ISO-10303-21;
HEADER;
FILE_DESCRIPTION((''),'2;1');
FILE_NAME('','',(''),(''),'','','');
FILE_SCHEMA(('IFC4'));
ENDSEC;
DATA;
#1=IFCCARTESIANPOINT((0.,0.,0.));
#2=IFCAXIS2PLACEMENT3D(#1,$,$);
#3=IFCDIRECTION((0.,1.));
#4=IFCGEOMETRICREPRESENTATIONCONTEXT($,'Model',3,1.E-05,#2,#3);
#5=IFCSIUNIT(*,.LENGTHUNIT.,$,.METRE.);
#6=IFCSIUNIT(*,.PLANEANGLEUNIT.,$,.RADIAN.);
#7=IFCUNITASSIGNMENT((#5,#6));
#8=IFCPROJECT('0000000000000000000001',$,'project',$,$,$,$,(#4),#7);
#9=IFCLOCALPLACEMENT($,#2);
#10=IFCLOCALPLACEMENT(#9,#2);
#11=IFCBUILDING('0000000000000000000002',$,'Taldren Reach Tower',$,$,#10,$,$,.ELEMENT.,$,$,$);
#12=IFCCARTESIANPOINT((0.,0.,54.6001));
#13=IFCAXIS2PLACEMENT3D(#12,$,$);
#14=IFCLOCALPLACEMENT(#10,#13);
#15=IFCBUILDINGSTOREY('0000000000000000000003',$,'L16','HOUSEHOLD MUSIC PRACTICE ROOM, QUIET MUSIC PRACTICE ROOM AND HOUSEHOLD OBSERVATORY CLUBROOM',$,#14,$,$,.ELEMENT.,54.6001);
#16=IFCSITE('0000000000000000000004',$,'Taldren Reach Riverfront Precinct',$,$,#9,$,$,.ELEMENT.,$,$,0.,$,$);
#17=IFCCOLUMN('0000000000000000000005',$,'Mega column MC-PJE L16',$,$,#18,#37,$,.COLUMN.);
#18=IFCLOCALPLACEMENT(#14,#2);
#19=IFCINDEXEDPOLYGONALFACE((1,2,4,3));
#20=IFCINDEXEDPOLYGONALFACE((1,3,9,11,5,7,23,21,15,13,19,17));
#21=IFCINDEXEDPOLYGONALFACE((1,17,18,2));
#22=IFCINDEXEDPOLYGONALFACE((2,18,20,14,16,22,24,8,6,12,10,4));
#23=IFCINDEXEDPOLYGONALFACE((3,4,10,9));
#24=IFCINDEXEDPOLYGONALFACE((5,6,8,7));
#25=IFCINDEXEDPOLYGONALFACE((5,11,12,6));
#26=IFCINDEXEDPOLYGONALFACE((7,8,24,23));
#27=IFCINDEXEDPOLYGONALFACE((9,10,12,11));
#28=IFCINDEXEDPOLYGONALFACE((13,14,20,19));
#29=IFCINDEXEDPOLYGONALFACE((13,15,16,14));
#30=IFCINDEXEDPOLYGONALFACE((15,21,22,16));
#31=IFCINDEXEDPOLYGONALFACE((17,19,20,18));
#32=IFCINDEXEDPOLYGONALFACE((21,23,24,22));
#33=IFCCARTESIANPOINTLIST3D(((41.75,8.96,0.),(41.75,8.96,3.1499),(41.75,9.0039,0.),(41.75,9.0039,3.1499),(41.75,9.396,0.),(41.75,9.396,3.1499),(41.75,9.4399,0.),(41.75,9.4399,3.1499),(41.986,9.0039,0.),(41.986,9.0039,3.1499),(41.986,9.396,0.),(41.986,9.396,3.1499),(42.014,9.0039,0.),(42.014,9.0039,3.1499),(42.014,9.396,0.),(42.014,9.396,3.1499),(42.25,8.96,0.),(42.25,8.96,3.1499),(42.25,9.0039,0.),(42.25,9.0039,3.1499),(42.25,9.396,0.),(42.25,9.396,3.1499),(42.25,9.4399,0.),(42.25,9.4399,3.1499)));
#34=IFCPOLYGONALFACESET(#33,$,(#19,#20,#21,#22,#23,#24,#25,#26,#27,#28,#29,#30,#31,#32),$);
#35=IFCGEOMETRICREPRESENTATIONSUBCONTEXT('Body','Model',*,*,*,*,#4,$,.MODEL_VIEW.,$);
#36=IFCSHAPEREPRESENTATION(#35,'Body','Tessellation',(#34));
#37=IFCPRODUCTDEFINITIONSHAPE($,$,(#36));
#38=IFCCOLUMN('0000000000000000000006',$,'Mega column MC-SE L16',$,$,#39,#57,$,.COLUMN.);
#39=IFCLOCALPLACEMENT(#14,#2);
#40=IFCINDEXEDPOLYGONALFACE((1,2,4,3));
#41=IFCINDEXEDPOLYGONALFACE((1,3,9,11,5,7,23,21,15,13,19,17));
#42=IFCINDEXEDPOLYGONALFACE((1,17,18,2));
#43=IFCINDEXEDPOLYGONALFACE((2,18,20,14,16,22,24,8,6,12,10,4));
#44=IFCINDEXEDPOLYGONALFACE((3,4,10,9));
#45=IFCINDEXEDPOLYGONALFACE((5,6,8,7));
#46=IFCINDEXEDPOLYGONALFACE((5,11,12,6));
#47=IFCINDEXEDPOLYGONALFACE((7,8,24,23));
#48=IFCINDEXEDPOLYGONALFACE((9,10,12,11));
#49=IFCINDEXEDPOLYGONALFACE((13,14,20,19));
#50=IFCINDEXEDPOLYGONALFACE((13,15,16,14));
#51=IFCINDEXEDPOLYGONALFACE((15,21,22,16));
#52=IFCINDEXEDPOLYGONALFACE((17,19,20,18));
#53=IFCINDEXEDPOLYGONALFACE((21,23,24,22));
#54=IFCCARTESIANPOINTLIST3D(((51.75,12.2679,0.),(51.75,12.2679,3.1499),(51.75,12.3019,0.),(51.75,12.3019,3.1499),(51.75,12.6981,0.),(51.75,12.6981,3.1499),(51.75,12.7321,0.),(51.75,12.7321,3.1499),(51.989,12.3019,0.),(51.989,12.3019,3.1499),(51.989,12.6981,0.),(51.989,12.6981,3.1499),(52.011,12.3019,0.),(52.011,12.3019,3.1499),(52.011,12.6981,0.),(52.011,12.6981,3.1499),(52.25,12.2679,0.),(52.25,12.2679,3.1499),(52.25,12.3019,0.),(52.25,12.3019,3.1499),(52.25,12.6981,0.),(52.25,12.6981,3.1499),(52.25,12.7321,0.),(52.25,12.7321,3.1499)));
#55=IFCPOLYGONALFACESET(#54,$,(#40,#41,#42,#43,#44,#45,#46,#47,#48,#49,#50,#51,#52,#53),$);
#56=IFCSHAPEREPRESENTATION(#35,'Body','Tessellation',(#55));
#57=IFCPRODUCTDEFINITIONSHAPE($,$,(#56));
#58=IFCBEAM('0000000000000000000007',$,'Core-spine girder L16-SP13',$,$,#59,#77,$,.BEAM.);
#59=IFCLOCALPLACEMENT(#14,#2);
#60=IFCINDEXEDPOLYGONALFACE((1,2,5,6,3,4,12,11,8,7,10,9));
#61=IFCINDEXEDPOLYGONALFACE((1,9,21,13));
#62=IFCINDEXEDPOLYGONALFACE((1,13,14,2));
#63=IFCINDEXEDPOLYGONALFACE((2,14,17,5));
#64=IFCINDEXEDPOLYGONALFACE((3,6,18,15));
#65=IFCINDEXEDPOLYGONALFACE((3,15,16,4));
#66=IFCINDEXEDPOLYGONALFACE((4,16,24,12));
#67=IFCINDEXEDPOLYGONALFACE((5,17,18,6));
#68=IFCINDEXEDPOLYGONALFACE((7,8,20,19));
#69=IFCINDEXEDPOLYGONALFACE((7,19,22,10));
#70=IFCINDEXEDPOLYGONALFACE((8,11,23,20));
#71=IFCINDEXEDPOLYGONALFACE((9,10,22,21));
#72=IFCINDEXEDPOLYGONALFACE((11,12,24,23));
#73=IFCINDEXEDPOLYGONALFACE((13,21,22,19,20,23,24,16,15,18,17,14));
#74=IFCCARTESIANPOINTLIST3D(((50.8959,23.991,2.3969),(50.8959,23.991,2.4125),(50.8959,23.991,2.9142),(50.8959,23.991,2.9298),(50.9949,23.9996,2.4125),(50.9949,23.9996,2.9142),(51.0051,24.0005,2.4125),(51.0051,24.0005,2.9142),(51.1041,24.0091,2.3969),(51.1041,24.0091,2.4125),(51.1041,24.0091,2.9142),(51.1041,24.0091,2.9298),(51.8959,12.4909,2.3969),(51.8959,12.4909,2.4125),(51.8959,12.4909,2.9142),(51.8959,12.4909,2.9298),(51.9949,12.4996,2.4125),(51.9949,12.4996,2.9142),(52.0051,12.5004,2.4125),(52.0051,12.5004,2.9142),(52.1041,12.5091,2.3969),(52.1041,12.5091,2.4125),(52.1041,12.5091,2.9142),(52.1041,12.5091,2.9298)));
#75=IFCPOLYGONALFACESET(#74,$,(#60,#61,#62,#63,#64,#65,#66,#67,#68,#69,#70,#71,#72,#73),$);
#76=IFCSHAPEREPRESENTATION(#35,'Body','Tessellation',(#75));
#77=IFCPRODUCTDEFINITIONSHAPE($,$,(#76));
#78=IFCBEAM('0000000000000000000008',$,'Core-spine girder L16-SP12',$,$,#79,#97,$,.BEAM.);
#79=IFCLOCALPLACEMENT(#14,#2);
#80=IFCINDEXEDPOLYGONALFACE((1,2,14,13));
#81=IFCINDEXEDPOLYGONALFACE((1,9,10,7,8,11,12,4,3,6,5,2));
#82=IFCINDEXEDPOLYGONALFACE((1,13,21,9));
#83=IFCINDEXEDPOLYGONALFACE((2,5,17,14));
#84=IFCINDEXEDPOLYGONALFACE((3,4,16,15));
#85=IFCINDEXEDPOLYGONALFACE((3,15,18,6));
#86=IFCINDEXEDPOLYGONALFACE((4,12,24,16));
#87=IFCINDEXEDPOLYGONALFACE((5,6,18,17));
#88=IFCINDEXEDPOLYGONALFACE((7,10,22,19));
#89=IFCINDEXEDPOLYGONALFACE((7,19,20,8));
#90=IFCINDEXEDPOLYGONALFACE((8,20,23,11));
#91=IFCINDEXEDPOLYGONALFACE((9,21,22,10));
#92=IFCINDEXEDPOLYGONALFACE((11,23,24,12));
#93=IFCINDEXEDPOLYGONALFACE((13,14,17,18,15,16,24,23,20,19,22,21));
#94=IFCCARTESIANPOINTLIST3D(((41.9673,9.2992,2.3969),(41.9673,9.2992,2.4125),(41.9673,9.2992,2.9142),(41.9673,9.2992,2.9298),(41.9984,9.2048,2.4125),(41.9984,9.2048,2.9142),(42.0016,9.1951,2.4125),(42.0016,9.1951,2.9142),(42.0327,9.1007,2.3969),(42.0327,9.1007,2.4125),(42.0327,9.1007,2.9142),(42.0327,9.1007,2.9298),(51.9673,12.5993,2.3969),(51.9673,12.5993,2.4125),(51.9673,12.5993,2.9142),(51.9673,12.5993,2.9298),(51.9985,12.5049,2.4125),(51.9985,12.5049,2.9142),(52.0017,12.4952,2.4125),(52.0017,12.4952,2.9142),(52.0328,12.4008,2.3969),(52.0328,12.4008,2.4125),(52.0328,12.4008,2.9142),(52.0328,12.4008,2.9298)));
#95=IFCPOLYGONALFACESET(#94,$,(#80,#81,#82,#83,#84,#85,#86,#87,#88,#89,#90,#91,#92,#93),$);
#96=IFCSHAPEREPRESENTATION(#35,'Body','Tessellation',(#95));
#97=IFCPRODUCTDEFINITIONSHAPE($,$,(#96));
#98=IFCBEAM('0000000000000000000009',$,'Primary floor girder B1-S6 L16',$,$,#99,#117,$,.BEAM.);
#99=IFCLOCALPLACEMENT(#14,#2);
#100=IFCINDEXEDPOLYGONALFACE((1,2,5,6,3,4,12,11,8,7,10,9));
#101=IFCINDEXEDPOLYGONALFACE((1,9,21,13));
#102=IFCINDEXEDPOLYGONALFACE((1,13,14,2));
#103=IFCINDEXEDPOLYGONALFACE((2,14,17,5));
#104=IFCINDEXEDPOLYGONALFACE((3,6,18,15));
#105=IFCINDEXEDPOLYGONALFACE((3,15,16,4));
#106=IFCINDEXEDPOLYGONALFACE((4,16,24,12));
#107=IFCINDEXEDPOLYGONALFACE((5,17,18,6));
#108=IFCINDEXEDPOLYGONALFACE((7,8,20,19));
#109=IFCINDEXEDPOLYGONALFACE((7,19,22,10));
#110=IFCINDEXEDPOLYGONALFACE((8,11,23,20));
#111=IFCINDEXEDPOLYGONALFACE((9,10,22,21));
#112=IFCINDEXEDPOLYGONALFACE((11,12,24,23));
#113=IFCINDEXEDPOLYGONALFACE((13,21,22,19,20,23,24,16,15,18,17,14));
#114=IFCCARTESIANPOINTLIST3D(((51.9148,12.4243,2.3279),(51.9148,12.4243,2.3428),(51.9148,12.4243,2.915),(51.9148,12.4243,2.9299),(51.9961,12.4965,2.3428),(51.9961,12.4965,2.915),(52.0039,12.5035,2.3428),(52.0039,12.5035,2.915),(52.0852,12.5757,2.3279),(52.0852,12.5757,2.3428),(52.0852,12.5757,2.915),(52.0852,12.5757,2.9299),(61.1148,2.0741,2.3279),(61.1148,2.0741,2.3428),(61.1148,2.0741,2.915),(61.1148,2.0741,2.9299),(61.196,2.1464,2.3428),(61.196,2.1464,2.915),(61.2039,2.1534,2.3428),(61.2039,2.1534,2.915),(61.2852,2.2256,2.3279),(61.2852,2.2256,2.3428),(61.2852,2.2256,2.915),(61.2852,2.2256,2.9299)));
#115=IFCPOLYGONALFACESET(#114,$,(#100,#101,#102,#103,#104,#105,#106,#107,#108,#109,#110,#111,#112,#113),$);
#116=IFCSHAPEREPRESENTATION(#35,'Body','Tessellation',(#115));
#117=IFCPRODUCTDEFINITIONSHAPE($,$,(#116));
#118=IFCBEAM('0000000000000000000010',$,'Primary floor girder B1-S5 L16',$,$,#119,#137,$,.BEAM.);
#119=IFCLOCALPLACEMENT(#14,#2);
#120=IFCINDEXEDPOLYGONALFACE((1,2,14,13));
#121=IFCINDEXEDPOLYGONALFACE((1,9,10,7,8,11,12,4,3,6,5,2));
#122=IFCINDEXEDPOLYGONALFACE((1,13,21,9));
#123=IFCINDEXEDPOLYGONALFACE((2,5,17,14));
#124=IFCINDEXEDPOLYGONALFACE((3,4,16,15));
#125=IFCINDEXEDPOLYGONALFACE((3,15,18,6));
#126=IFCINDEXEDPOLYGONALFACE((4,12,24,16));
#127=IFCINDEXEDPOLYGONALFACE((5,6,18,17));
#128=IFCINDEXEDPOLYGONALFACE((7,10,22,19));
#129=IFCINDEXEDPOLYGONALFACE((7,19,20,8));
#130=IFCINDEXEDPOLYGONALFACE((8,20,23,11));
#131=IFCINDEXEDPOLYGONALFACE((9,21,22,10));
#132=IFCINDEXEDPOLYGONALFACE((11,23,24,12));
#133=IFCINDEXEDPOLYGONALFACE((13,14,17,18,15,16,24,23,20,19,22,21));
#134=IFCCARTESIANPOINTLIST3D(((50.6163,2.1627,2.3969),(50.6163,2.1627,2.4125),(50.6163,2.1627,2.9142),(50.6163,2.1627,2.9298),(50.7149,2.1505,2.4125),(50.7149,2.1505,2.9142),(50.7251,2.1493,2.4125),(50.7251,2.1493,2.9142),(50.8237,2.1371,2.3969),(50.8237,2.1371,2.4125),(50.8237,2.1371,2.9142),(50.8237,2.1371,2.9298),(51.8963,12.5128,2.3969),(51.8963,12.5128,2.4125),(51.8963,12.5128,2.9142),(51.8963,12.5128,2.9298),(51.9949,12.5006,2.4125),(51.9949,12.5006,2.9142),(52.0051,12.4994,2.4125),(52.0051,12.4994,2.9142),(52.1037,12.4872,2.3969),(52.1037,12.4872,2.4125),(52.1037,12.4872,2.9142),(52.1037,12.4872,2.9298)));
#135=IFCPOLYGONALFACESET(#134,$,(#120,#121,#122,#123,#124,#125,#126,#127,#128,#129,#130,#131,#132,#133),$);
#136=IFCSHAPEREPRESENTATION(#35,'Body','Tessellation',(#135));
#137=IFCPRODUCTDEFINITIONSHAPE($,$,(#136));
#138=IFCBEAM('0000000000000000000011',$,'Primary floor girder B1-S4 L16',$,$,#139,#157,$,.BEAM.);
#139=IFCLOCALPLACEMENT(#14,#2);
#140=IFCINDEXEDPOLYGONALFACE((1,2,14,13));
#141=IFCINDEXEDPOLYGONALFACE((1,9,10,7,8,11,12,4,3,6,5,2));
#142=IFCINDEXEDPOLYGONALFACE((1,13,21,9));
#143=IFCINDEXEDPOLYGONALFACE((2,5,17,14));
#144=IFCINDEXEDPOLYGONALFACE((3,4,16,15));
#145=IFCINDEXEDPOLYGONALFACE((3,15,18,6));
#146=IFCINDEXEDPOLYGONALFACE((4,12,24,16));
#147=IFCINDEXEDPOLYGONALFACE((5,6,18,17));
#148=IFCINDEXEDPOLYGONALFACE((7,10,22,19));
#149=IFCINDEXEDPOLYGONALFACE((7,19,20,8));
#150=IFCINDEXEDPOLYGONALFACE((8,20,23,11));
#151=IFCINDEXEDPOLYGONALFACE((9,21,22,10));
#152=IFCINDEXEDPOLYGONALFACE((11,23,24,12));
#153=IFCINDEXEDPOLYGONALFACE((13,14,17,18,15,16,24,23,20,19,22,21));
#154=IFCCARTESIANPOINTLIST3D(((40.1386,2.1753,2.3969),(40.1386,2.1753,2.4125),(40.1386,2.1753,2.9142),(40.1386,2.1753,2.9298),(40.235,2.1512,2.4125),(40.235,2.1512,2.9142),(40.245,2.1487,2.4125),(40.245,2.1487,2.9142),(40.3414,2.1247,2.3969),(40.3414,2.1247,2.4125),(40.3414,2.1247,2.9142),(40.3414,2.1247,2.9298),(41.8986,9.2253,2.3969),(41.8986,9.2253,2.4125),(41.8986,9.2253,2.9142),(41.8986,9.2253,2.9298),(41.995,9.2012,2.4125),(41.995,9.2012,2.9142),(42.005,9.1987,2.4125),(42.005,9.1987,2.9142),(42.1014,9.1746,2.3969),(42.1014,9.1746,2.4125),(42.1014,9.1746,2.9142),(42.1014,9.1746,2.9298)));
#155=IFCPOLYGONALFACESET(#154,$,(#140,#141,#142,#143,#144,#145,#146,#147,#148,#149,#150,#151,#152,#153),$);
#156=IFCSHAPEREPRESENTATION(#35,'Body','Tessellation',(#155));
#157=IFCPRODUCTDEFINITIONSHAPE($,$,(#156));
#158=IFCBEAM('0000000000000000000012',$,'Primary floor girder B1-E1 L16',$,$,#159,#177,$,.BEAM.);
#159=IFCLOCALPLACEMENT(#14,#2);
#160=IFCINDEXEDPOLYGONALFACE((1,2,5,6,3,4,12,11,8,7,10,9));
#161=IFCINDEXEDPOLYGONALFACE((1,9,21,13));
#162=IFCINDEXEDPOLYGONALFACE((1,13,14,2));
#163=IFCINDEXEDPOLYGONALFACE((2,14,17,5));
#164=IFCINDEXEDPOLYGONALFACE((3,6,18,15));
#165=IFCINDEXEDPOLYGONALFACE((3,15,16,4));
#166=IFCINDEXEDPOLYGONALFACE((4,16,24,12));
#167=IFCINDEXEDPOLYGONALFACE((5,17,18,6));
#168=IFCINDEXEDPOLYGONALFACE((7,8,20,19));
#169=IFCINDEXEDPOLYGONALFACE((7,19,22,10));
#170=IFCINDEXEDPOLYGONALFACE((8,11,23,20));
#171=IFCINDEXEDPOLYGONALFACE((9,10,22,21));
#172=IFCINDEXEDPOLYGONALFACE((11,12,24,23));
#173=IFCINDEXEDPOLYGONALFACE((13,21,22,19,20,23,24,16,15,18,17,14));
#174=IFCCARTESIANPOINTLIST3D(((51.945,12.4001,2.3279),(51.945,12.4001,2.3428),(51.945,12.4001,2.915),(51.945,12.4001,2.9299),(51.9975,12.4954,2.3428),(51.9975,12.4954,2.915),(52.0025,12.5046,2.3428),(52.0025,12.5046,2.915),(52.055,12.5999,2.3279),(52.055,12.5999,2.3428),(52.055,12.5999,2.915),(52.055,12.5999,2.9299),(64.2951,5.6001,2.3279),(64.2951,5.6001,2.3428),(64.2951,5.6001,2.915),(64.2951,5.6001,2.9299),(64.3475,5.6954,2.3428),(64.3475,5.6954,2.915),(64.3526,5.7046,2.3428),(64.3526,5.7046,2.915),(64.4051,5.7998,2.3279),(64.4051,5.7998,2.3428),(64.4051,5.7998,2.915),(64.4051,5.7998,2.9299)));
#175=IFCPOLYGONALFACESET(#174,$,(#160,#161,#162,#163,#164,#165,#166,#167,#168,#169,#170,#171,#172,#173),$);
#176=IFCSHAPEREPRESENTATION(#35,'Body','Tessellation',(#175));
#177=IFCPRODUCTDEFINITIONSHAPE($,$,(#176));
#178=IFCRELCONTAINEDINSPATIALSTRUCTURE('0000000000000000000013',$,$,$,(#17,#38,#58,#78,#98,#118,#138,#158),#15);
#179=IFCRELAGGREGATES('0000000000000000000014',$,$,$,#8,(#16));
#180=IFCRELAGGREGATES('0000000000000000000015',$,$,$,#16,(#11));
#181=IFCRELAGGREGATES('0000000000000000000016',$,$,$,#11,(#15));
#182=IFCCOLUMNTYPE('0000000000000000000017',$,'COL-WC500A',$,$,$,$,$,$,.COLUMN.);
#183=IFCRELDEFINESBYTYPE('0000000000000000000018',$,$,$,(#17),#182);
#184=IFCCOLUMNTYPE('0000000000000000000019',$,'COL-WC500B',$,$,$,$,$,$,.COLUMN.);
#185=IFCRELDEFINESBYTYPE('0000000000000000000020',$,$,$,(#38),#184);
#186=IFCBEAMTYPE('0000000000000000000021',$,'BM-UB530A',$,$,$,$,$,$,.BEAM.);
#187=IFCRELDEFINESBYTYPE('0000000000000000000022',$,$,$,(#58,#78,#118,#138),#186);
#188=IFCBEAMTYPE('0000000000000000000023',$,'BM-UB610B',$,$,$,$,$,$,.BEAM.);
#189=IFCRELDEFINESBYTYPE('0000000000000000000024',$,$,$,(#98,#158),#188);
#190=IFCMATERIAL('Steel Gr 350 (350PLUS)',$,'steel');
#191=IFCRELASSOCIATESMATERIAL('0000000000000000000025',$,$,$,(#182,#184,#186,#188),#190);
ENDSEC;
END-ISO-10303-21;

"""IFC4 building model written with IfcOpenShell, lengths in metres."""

from ifc_helpers import new_model, si_unit, direction, frame, origin, origin_2d, place, context, subcontext, project, spatial, i_section, extrude, source, transform, mapped, material, material_profile, profile_set, type_object, element, save


model = new_model("IFC4")

# Units and contexts
model_context = context("Model", 3, precision=1e-05, world=origin(), true_north=direction((0.0, 1.0)))
body_context = subcontext(model_context, "Body", "Model", "MODEL_VIEW")
ifc_project = project(units=[si_unit("LENGTHUNIT", "METRE"), si_unit("PLANEANGLEUNIT", "RADIAN")], contexts=[model_context])

# Site, building, storey
site_placement = place(None, origin())
site = spatial("IfcSite", under=ifc_project, at=site_placement, Name="Taldren Reach Riverfront Precinct", CompositionType="ELEMENT", RefElevation=0.0)
building_placement = place(site_placement, origin())
building = spatial("IfcBuilding", under=site, at=building_placement, Name="Taldren Reach Tower", CompositionType="ELEMENT")
storey_placement = place(building_placement, frame((0.0, 0.0, 54.6001)))
storey = spatial("IfcBuildingStorey", under=building, at=storey_placement, Name="L16", Description="HOUSEHOLD MUSIC PRACTICE ROOM, QUIET MUSIC PRACTICE ROOM AND HOUSEHOLD OBSERVATORY CLUBROOM", CompositionType="ELEMENT", Elevation=54.6001)

# Columns
ifc_material_1 = material(Name="Steel Gr 350 (350PLUS)", Category="steel")
ifc_material_profile_1 = material_profile(ifc_material_1, i_section(OverallWidth=0.5, OverallDepth=0.48, WebThickness=0.0281, FlangeThickness=0.0439, at=origin_2d()), Name="500WC440")
ifc_profile_set_1 = profile_set([ifc_material_profile_1], Name="Steel Gr 350 (350PLUS)")
column_type_1 = type_object("IfcColumnType", Name="COL-WC500A", PredefinedType="COLUMN", material=ifc_profile_set_1)
shared_shape_1 = source(origin(), body_context, "Body", "SweptSolid", [
    extrude(i_section(OverallWidth=0.5, OverallDepth=0.48, WebThickness=0.0281, FlangeThickness=0.0439, at=origin_2d()), origin(), (0.0, 0.0, 1.0), 3.1499),
])
column_1_placement = place(storey_placement, frame((42.0, 9.2, 0.0), z_axis=(0.0, 0.0, 1.0), x_axis=(1.0, 0.0, 0.0)))
element("IfcColumn", 1, at=column_1_placement, inside=storey, type_object=column_type_1, Name="Mega column MC-PJE L16", PredefinedType="COLUMN", context=body_context, shape_type="MappedRepresentation", body=[
    mapped(shared_shape_1, transform((0.0, 0.0, 0.0), scale=1.0)),
])
ifc_material_profile_2 = material_profile(ifc_material_1, i_section(OverallWidth=0.5, OverallDepth=0.4641, WebThickness=0.022, FlangeThickness=0.0339, at=origin_2d()), Name="500WC340")
ifc_profile_set_2 = profile_set([ifc_material_profile_2], Name="Steel Gr 350 (350PLUS)")
column_type_2 = type_object("IfcColumnType", Name="COL-WC500B", PredefinedType="COLUMN", material=ifc_profile_set_2)
shared_shape_2 = source(origin(), body_context, "Body", "SweptSolid", [
    extrude(i_section(OverallWidth=0.5, OverallDepth=0.4641, WebThickness=0.022, FlangeThickness=0.0339, at=origin_2d()), origin(), (0.0, 0.0, 1.0), 3.1499),
])
column_2_placement = place(storey_placement, frame((52.0, 12.5, 0.0), z_axis=(0.0, 0.0, 1.0), x_axis=(1.0, 0.0, 0.0)))
element("IfcColumn", 2, at=column_2_placement, inside=storey, type_object=column_type_2, Name="Mega column MC-SE L16", PredefinedType="COLUMN", context=body_context, shape_type="MappedRepresentation", body=[
    mapped(shared_shape_2, transform((0.0, 0.0, 0.0), scale=1.0)),
])

# Beams
ifc_material_profile_3 = material_profile(ifc_material_1, i_section(OverallWidth=0.209, OverallDepth=0.533, WebThickness=0.0103, FlangeThickness=0.0156, at=origin_2d()), Name="530UB92.4")
ifc_profile_set_3 = profile_set([ifc_material_profile_3], Name="Steel Gr 350 (350PLUS)")
beam_type_1 = type_object("IfcBeamType", Name="BM-UB530A", PredefinedType="BEAM", material=ifc_profile_set_3)
shared_shape_3 = source(origin(), body_context, "Body", "SweptSolid", [
    extrude(i_section(OverallWidth=0.209, OverallDepth=0.533, WebThickness=0.0103, FlangeThickness=0.0156, at=origin_2d()), origin(), (0.0, 0.0, 1.0), 11.5435),
])
beam_1_placement = place(storey_placement, frame((52.0, 12.5, 2.6633), z_axis=(-0.08663, 0.996241, 0.0), x_axis=(-0.996241, -0.08663, 0.0)))
element("IfcBeam", 3, at=beam_1_placement, inside=storey, type_object=beam_type_1, Name="Core-spine girder L16-SP13", PredefinedType="BEAM", context=body_context, shape_type="MappedRepresentation", body=[
    mapped(shared_shape_3, transform((0.0, 0.0, 0.0), scale=1.0)),
])
shared_shape_4 = source(origin(), body_context, "Body", "SweptSolid", [
    extrude(i_section(OverallWidth=0.209, OverallDepth=0.533, WebThickness=0.0103, FlangeThickness=0.0156, at=origin_2d()), origin(), (0.0, 0.0, 1.0), 10.5305),
])
beam_2_placement = place(storey_placement, frame((42.0, 9.2, 2.6633), z_axis=(0.949627, 0.313382, 0.0), x_axis=(-0.313382, 0.949627, 0.0)))
element("IfcBeam", 4, at=beam_2_placement, inside=storey, type_object=beam_type_1, Name="Core-spine girder L16-SP12", PredefinedType="BEAM", context=body_context, shape_type="MappedRepresentation", body=[
    mapped(shared_shape_4, transform((0.0, 0.0, 0.0), scale=1.0)),
])
ifc_material_profile_4 = material_profile(ifc_material_1, i_section(OverallWidth=0.228, OverallDepth=0.6021, WebThickness=0.0105, FlangeThickness=0.0149, at=origin_2d()), Name="610UB101")
ifc_profile_set_4 = profile_set([ifc_material_profile_4], Name="Steel Gr 350 (350PLUS)")
beam_type_2 = type_object("IfcBeamType", Name="BM-UB610B", PredefinedType="BEAM", material=ifc_profile_set_4)
shared_shape_5 = source(origin(), body_context, "Body", "SweptSolid", [
    extrude(i_section(OverallWidth=0.228, OverallDepth=0.6021, WebThickness=0.0105, FlangeThickness=0.0149, at=origin_2d()), origin(), (0.0, 0.0, 1.0), 13.8479),
])
beam_3_placement = place(storey_placement, frame((52.0, 12.5, 2.6289), z_axis=(0.664358, -0.747414, 0.0), x_axis=(0.747414, 0.664358, 0.0)))
element("IfcBeam", 5, at=beam_3_placement, inside=storey, type_object=beam_type_2, Name="Primary floor girder B1-S6 L16", PredefinedType="BEAM", context=body_context, shape_type="MappedRepresentation", body=[
    mapped(shared_shape_5, transform((0.0, 0.0, 0.0), scale=1.0)),
])
shared_shape_6 = source(origin(), body_context, "Body", "SweptSolid", [
    extrude(i_section(OverallWidth=0.209, OverallDepth=0.533, WebThickness=0.0103, FlangeThickness=0.0156, at=origin_2d()), origin(), (0.0, 0.0, 1.0), 10.429),
])
beam_4_placement = place(storey_placement, frame((52.0, 12.5, 2.6633), z_axis=(-0.122738, -0.992439, 0.0), x_axis=(0.992439, -0.122738, 0.0)))
element("IfcBeam", 6, at=beam_4_placement, inside=storey, type_object=beam_type_1, Name="Primary floor girder B1-S5 L16", PredefinedType="BEAM", context=body_context, shape_type="MappedRepresentation", body=[
    mapped(shared_shape_6, transform((0.0, 0.0, 0.0), scale=1.0)),
])
shared_shape_7 = source(origin(), body_context, "Body", "SweptSolid", [
    extrude(i_section(OverallWidth=0.209, OverallDepth=0.533, WebThickness=0.0103, FlangeThickness=0.0156, at=origin_2d()), origin(), (0.0, 0.0, 1.0), 7.2664),
])
beam_5_placement = place(storey_placement, frame((42.0, 9.2, 2.6633), z_axis=(-0.242211, -0.970223, 0.0), x_axis=(0.970223, -0.242211, 0.0)))
element("IfcBeam", 7, at=beam_5_placement, inside=storey, type_object=beam_type_1, Name="Primary floor girder B1-S4 L16", PredefinedType="BEAM", context=body_context, shape_type="MappedRepresentation", body=[
    mapped(shared_shape_7, transform((0.0, 0.0, 0.0), scale=1.0)),
])
shared_shape_8 = source(origin(), body_context, "Body", "SweptSolid", [
    extrude(i_section(OverallWidth=0.228, OverallDepth=0.6021, WebThickness=0.0105, FlangeThickness=0.0149, at=origin_2d()), origin(), (0.0, 0.0, 1.0), 14.0984),
])
beam_6_placement = place(storey_placement, frame((52.0, 12.5, 2.6289), z_axis=(0.875991, -0.482327, 0.0), x_axis=(0.482327, 0.875991, 0.0)))
element("IfcBeam", 8, at=beam_6_placement, inside=storey, type_object=beam_type_2, Name="Primary floor girder B1-E1 L16", PredefinedType="BEAM", context=body_context, shape_type="MappedRepresentation", body=[
    mapped(shared_shape_8, transform((0.0, 0.0, 0.0), scale=1.0)),
])

save(model, "model.ifc")
